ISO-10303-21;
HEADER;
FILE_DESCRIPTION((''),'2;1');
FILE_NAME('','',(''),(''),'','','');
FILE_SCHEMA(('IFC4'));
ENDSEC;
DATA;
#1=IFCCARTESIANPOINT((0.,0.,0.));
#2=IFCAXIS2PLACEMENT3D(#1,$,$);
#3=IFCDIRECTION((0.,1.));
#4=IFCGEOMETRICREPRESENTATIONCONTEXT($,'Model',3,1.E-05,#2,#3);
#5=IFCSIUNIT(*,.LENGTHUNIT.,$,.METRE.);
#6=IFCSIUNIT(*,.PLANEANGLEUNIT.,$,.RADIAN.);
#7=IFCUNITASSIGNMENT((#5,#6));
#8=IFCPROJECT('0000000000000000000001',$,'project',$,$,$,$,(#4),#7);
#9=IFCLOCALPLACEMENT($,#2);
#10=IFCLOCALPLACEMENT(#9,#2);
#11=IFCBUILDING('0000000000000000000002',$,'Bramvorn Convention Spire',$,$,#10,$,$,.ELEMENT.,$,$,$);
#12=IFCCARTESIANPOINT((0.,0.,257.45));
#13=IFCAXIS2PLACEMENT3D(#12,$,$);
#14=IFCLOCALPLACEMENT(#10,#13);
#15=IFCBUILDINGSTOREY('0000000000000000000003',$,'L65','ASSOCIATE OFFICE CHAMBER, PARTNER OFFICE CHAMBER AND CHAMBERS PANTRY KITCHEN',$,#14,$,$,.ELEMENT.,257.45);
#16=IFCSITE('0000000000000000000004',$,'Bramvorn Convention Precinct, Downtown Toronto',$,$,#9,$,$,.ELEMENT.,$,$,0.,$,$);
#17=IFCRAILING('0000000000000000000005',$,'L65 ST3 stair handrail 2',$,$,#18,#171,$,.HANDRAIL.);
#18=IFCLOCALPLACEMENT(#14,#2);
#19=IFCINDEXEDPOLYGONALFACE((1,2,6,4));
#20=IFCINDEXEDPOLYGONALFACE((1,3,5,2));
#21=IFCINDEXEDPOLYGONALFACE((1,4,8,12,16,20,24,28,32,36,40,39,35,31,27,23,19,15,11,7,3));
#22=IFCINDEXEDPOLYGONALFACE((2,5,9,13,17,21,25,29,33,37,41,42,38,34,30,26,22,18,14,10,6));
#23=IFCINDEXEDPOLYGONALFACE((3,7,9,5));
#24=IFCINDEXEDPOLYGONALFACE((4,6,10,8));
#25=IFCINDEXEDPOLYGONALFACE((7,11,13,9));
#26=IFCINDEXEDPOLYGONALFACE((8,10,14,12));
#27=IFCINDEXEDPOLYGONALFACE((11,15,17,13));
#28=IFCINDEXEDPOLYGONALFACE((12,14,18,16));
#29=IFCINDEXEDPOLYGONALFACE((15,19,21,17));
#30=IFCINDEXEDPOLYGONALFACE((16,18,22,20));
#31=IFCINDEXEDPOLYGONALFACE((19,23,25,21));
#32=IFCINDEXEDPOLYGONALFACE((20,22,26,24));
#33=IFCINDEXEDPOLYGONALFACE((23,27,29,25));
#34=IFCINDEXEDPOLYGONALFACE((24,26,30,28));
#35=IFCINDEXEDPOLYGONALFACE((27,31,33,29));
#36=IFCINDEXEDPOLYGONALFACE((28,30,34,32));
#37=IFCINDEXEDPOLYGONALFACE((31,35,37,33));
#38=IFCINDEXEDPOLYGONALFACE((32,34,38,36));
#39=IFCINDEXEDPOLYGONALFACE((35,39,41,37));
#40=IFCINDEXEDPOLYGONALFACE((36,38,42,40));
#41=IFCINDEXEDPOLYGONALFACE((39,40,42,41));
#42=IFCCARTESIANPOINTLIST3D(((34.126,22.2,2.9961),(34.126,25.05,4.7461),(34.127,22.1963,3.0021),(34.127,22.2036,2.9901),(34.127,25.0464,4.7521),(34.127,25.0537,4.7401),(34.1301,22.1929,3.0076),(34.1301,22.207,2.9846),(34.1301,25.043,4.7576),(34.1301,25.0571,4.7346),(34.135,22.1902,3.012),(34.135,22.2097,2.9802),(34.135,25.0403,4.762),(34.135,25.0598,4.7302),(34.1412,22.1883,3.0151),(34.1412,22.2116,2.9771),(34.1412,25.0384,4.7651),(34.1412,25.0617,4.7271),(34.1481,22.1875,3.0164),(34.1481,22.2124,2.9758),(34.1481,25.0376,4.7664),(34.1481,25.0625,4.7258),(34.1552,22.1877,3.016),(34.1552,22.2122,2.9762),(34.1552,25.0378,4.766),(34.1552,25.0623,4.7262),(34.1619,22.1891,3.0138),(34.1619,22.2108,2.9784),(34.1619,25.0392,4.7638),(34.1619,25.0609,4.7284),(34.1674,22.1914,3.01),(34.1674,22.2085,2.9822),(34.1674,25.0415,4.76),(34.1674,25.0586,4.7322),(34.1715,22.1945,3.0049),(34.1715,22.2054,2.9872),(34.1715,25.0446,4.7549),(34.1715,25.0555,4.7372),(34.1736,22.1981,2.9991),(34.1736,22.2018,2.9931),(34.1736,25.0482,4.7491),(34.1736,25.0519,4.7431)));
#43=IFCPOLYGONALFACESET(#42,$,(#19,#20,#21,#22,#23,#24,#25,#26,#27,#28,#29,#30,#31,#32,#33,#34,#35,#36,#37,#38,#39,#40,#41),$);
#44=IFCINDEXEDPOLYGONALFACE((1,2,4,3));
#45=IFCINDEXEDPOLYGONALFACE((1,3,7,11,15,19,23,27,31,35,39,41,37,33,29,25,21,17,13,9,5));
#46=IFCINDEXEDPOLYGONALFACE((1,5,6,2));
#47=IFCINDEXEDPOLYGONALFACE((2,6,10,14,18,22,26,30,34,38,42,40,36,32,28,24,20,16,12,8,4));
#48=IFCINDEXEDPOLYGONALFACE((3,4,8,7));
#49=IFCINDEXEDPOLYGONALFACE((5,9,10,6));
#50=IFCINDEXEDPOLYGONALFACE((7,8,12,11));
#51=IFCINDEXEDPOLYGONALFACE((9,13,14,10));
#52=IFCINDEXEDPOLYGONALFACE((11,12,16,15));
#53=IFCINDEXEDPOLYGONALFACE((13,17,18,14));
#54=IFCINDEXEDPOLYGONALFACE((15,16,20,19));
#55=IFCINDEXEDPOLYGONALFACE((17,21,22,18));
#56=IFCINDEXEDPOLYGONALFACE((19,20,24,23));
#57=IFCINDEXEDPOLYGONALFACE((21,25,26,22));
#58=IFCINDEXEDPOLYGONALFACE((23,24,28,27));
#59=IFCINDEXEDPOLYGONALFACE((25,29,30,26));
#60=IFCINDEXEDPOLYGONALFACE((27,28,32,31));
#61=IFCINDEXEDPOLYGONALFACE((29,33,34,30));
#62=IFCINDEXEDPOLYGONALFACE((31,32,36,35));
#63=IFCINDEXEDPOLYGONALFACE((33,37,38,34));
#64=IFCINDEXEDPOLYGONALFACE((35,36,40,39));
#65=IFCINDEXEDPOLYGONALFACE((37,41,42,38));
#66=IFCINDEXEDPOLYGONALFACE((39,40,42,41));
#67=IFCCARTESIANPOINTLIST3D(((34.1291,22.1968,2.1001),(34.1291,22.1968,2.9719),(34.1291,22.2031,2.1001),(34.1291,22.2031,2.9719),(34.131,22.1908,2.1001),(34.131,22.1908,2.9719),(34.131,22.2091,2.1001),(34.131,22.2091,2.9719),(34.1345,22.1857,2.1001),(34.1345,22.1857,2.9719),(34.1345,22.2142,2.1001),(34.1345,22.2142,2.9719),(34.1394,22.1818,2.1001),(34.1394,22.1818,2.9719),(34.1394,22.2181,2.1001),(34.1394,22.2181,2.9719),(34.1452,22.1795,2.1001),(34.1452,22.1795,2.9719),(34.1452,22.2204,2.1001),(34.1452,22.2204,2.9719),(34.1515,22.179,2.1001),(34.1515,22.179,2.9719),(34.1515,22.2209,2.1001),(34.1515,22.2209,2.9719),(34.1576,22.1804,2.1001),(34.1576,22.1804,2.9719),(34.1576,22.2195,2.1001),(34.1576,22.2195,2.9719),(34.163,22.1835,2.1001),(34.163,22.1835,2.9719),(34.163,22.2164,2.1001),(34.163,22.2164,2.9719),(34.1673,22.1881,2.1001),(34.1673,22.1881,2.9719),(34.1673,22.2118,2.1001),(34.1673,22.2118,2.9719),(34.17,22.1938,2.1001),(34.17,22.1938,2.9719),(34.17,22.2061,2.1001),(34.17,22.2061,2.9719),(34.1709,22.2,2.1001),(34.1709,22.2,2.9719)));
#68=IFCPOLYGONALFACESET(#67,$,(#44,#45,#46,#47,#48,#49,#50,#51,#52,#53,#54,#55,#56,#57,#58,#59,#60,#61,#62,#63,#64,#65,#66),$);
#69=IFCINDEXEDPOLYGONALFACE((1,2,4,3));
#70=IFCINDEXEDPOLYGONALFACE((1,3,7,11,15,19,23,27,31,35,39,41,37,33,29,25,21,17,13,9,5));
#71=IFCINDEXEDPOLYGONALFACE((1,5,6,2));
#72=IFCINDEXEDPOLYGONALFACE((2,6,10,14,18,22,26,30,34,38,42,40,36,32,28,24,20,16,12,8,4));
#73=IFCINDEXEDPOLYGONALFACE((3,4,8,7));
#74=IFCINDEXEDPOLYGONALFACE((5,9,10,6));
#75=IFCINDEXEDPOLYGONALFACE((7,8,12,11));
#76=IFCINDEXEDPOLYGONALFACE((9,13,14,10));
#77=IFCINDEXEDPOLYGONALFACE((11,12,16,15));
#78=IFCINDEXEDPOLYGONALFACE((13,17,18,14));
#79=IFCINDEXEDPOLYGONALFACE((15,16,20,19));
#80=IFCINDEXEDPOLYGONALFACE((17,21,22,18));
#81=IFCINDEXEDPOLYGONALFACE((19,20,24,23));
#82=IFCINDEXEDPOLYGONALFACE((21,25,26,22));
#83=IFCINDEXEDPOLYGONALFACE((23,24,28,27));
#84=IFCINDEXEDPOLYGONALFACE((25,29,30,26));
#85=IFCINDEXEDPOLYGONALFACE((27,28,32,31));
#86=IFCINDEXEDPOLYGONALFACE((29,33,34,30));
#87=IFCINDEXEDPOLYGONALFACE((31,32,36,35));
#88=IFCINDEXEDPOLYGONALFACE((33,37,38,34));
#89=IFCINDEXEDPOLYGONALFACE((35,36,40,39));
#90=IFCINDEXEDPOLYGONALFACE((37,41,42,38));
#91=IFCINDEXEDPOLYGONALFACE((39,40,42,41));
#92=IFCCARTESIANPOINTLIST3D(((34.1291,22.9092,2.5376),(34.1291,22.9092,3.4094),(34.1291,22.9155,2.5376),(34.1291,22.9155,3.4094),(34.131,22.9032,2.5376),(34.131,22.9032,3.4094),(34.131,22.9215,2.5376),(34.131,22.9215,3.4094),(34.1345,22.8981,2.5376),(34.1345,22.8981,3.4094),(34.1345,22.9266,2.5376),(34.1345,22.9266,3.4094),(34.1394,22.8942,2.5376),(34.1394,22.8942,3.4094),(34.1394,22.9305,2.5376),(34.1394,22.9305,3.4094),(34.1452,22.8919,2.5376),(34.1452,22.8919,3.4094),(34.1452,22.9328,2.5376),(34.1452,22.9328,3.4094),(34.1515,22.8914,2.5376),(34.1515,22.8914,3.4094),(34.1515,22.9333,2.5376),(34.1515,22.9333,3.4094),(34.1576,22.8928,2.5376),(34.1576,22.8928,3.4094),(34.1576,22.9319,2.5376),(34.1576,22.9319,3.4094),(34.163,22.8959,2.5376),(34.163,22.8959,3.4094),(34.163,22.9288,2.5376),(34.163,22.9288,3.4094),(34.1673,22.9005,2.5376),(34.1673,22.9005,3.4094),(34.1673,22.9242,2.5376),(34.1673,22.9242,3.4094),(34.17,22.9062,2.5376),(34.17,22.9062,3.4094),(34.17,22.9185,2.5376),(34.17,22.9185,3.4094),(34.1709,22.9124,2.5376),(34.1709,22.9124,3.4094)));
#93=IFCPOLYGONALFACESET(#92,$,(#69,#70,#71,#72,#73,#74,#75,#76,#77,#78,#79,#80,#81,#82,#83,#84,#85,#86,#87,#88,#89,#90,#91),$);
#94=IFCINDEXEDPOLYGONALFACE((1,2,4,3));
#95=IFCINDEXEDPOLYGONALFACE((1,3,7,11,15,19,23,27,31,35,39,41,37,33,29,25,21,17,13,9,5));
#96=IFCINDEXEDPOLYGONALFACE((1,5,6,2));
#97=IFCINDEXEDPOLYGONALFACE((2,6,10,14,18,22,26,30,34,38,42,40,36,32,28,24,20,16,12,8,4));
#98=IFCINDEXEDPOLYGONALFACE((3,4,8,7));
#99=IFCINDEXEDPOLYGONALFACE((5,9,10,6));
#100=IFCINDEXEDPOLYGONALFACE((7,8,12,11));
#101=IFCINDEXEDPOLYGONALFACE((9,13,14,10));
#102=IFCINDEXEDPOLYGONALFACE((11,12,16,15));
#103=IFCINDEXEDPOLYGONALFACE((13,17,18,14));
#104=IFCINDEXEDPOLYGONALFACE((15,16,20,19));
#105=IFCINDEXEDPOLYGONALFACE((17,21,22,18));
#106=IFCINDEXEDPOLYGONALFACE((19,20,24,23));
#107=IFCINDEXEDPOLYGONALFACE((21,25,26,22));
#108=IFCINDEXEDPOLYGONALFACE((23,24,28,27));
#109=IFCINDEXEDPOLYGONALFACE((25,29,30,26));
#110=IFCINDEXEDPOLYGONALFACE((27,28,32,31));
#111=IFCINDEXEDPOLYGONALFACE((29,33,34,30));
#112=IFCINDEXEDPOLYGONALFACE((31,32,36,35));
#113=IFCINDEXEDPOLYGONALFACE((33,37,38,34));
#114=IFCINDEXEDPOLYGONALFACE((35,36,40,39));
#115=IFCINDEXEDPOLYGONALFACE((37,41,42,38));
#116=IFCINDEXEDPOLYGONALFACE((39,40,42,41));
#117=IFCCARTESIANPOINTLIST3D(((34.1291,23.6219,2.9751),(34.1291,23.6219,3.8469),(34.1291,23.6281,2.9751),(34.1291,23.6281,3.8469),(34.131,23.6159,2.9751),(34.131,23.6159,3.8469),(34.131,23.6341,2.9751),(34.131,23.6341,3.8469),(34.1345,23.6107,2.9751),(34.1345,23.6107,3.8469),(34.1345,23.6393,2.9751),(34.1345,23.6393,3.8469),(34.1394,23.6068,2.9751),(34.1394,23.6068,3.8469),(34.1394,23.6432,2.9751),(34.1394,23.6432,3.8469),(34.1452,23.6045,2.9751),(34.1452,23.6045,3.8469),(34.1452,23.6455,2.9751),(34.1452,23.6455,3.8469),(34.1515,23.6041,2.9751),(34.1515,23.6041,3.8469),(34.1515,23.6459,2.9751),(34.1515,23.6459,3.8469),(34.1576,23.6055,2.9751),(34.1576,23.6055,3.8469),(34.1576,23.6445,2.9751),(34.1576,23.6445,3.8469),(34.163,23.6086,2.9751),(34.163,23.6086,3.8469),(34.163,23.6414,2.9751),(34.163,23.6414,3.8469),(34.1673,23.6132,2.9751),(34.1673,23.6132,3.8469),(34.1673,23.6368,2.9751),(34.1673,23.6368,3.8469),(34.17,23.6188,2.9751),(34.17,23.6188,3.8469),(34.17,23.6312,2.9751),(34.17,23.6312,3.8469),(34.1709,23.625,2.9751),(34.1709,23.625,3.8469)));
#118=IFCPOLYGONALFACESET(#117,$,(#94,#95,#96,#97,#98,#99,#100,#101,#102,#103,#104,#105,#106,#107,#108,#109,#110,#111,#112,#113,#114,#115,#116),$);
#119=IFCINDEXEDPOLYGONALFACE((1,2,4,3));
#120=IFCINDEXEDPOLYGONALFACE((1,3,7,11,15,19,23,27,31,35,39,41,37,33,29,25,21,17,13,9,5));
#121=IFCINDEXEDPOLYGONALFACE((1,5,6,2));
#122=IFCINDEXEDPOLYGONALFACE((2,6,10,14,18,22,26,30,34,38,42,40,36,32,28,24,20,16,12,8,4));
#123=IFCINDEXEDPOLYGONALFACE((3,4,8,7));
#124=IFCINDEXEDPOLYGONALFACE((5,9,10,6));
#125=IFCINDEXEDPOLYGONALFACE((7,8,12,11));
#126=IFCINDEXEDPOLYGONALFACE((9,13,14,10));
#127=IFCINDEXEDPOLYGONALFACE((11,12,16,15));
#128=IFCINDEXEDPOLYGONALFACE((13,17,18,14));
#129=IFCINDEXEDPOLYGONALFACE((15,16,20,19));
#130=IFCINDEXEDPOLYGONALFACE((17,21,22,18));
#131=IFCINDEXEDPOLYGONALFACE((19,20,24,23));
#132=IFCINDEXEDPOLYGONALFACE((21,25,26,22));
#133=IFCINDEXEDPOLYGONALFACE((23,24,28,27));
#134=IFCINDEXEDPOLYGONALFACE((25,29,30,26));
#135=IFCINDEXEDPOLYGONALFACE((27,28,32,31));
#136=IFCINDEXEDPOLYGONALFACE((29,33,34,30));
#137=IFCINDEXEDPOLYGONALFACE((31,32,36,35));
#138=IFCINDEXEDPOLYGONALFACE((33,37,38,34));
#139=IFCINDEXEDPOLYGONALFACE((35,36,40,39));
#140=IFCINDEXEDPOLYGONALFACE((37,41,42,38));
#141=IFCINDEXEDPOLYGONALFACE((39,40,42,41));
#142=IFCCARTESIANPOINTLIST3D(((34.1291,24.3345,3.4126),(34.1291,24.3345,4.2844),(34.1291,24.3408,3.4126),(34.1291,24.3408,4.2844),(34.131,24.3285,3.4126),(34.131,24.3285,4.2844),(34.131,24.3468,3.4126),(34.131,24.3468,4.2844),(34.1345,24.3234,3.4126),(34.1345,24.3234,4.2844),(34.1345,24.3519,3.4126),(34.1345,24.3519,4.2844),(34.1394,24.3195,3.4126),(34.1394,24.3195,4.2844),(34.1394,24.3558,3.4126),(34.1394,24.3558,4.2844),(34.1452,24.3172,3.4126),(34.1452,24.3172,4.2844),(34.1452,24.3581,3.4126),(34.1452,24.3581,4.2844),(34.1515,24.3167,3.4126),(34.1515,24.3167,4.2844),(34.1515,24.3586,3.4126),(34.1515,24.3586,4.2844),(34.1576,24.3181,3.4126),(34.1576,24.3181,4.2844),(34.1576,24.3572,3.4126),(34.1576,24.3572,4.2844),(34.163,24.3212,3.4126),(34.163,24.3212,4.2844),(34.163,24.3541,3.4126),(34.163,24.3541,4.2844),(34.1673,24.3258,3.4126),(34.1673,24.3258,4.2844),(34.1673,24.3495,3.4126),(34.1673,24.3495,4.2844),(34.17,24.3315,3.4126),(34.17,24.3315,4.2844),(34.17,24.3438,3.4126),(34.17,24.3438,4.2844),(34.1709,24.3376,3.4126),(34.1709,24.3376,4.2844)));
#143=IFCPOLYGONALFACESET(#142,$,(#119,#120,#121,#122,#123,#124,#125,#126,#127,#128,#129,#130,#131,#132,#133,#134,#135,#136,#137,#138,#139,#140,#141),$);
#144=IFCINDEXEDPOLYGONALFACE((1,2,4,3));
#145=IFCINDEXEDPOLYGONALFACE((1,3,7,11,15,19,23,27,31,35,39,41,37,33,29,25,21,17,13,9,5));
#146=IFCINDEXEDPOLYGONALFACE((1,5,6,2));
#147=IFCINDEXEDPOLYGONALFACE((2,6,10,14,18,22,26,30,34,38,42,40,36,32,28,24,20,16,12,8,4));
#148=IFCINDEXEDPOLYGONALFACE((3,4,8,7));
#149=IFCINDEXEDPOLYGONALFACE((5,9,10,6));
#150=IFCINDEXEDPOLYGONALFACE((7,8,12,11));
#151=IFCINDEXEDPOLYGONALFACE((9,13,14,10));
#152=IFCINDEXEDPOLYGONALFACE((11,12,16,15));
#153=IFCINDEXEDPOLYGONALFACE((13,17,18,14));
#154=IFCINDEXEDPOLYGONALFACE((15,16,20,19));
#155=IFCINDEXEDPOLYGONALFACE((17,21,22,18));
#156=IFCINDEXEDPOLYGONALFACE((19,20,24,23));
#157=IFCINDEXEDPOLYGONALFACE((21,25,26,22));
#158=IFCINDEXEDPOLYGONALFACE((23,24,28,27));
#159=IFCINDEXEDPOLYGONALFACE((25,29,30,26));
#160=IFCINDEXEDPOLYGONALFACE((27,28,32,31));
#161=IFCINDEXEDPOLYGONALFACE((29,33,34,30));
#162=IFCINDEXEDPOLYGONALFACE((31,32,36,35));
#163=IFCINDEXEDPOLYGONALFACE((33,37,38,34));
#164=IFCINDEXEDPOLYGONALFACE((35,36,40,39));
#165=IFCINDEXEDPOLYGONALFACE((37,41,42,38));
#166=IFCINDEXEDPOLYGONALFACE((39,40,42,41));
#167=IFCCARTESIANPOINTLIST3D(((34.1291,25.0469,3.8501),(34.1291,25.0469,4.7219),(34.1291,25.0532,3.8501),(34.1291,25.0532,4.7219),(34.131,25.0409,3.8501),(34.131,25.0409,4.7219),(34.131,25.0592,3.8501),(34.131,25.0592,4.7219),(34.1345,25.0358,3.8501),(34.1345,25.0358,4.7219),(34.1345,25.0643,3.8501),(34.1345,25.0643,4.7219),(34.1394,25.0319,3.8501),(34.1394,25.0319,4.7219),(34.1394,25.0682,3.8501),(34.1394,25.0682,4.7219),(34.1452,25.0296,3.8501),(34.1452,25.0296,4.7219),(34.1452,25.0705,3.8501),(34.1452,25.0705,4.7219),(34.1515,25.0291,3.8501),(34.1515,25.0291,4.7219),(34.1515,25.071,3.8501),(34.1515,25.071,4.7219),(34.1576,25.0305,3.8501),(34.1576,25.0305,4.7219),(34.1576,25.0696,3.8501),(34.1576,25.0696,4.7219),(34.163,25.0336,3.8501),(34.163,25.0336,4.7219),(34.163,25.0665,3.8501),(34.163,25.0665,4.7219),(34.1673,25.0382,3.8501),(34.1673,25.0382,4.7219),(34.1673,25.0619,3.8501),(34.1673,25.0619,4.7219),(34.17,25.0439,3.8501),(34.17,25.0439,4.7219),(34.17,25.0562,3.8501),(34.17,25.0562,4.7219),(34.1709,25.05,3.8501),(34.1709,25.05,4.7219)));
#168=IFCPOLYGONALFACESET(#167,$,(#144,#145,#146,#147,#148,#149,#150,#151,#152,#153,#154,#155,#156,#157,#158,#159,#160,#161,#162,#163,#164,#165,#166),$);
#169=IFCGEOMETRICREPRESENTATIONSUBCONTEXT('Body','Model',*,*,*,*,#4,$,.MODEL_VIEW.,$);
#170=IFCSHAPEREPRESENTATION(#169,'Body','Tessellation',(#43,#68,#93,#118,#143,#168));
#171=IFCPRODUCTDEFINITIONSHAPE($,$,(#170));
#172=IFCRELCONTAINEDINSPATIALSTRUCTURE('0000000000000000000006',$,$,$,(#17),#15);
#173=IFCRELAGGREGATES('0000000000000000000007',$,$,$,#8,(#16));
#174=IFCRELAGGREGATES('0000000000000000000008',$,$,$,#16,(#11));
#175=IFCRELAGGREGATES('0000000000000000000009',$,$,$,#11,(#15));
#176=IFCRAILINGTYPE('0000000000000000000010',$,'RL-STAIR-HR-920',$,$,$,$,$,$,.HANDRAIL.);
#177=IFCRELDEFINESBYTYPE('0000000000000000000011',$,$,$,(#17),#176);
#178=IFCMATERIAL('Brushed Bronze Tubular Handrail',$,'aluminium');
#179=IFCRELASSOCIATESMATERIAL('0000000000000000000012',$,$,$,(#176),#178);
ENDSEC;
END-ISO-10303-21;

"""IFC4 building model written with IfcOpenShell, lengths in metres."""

from ifc_helpers import new_model, si_unit, direction, frame, origin, origin_2d, place, context, subcontext, project, spatial, circle, extrude, material, type_object, element, save


model = new_model("IFC4")

# Units and contexts
model_context = context("Model", 3, precision=1e-05, world=origin(), true_north=direction((0.0, 1.0)))
body_context = subcontext(model_context, "Body", "Model", "MODEL_VIEW")
ifc_project = project(units=[si_unit("LENGTHUNIT", "METRE"), si_unit("PLANEANGLEUNIT", "RADIAN")], contexts=[model_context])

# Site, building, storey
site_placement = place(None, origin())
site = spatial("IfcSite", under=ifc_project, at=site_placement, Name="Bramvorn Convention Precinct, Downtown Toronto", CompositionType="ELEMENT", RefElevation=0.0)
building_placement = place(site_placement, origin())
building = spatial("IfcBuilding", under=site, at=building_placement, Name="Bramvorn Convention Spire", CompositionType="ELEMENT")
storey_placement = place(building_placement, frame((0.0, 0.0, 257.45)))
storey = spatial("IfcBuildingStorey", under=building, at=storey_placement, Name="L65", Description="ASSOCIATE OFFICE CHAMBER, PARTNER OFFICE CHAMBER AND CHAMBERS PANTRY KITCHEN", CompositionType="ELEMENT", Elevation=257.45)

# Railing
ifc_material_1 = material(Name="Brushed Bronze Tubular Handrail", Category="aluminium")
railing_type_1 = type_object("IfcRailingType", Name="RL-STAIR-HR-920", PredefinedType="HANDRAIL", material=ifc_material_1)
railing_1_placement = place(storey_placement, frame((34.1499, 22.2, 2.1001)))
element("IfcRailing", 1, at=railing_1_placement, inside=storey, type_object=railing_type_1, Name="L65 ST3 stair handrail 2", PredefinedType="HANDRAIL", context=body_context, shape_type="SweptSolid", body=[
    extrude(circle(Radius=0.0239, at=origin_2d()), frame((0.0, 0.0, 0.896), z_axis=(0.0, 0.852179, 0.52325), x_axis=(-1.0, 0.0, 0.0)), (0.0, 0.0, 1.0), 3.3445),
    extrude(circle(Radius=0.021, at=origin_2d()), origin(), (0.0, 0.0, 1.0), 0.8718),
    extrude(circle(Radius=0.021, at=origin_2d()), frame((0.0, 0.7124, 0.4375)), (0.0, 0.0, 1.0), 0.8718),
    extrude(circle(Radius=0.021, at=origin_2d()), frame((0.0, 1.425, 0.875)), (0.0, 0.0, 1.0), 0.8718),
    extrude(circle(Radius=0.021, at=origin_2d()), frame((0.0, 2.1377, 1.3125)), (0.0, 0.0, 1.0), 0.8718),
    extrude(circle(Radius=0.021, at=origin_2d()), frame((0.0, 2.8501, 1.75)), (0.0, 0.0, 1.0), 0.8718),
])

save(model, "model.ifc")
